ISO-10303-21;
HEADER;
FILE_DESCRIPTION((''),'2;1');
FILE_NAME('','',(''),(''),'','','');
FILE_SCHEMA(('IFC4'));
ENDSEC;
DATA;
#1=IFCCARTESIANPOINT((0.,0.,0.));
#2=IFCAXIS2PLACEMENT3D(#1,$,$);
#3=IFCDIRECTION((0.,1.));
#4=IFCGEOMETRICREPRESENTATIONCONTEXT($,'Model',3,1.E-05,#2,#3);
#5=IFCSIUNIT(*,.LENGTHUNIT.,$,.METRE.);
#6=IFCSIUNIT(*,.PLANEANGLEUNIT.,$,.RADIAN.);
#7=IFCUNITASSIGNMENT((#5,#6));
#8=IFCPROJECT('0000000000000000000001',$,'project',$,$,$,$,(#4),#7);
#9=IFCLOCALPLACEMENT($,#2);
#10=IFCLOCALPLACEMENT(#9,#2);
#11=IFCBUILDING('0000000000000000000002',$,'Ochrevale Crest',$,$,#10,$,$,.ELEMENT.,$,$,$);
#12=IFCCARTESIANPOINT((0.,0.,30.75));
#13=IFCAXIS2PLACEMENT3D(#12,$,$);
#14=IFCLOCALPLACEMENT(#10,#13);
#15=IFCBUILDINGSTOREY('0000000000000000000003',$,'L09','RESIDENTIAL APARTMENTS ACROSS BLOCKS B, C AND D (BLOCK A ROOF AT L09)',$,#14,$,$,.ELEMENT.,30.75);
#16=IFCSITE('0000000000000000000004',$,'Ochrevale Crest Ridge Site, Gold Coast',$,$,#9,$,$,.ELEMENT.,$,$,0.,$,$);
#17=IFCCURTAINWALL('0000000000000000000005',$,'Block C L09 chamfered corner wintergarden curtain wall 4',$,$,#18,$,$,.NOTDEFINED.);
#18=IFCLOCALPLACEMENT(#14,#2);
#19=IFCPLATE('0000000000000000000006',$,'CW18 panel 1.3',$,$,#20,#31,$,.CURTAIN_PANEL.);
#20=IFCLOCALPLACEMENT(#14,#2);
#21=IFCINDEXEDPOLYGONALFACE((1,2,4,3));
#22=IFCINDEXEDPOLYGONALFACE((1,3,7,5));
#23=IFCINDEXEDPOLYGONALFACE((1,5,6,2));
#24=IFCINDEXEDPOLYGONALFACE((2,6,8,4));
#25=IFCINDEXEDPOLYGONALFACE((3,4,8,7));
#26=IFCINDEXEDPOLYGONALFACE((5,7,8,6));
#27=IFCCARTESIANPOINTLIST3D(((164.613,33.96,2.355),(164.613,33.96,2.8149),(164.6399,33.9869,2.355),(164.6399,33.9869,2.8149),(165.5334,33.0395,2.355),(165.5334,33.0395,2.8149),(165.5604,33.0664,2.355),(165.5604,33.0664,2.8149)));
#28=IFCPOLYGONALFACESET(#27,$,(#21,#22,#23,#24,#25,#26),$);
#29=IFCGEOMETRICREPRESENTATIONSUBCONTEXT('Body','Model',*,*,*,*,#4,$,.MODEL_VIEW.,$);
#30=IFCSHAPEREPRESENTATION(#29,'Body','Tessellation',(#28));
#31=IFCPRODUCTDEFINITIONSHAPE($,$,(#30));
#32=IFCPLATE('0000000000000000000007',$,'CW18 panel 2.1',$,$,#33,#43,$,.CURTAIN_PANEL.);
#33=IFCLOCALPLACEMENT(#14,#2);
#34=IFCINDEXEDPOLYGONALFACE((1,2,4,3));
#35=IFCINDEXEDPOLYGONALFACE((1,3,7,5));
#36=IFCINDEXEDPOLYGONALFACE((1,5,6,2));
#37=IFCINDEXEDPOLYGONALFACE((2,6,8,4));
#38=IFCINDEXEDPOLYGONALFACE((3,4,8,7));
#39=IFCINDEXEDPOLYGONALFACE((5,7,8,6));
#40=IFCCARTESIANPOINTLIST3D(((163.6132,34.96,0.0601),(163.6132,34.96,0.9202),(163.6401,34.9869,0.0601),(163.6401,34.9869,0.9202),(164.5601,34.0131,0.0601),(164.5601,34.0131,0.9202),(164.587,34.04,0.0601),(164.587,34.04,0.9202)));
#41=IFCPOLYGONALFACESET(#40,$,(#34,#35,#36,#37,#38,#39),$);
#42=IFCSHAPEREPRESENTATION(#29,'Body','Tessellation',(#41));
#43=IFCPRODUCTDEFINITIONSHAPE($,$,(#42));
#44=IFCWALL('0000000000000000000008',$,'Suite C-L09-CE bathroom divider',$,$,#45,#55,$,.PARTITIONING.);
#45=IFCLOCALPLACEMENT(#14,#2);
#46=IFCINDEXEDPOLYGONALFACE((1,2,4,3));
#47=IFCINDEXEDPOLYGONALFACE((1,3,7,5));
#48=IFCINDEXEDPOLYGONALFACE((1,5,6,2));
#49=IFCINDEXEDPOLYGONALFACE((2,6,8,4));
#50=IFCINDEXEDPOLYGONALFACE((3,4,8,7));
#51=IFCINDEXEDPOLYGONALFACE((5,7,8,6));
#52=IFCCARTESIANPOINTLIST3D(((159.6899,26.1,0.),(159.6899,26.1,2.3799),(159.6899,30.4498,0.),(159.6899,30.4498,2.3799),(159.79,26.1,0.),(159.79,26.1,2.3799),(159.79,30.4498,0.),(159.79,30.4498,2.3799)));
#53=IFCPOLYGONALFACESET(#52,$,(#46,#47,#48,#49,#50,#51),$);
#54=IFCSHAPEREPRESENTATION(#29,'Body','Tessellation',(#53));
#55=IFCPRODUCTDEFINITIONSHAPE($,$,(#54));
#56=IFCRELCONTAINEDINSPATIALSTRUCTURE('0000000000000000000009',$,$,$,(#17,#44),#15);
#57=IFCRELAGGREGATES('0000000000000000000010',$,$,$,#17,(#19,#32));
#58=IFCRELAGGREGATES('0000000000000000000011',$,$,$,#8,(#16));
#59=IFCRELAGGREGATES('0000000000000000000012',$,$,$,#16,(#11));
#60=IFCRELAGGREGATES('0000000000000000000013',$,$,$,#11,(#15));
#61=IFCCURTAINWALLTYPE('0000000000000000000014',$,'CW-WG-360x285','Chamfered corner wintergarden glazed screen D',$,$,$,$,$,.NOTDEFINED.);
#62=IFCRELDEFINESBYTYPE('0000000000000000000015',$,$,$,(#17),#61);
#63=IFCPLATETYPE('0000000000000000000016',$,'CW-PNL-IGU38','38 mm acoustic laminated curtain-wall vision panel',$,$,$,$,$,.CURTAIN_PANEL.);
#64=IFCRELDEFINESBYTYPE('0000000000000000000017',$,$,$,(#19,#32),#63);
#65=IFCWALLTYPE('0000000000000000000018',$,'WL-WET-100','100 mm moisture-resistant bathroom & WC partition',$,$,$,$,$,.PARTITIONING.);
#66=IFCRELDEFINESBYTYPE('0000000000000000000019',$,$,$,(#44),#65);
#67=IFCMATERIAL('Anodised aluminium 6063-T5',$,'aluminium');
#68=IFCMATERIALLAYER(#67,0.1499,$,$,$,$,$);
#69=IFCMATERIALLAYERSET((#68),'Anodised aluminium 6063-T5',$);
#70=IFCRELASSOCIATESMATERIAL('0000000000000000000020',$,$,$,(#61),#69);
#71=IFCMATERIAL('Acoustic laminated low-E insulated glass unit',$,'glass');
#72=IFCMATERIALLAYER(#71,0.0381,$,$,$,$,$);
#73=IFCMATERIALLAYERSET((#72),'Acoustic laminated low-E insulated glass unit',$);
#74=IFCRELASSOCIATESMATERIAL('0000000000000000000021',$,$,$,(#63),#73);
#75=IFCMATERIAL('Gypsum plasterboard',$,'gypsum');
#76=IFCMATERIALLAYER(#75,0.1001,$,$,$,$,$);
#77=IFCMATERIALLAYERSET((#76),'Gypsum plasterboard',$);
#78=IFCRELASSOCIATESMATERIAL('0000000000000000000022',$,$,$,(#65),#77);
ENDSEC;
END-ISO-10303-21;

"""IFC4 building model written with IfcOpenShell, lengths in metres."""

from ifc_helpers import new_model, si_unit, direction, frame, frame_2d, origin, origin_2d, place, context, subcontext, project, spatial, rectangle, extrude, material, layer, layer_set, type_object, element, aggregate, save


model = new_model("IFC4")

# Units and contexts
model_context = context("Model", 3, precision=1e-05, world=origin(), true_north=direction((0.0, 1.0)))
body_context = subcontext(model_context, "Body", "Model", "MODEL_VIEW")
ifc_project = project(units=[si_unit("LENGTHUNIT", "METRE"), si_unit("PLANEANGLEUNIT", "RADIAN")], contexts=[model_context])

# Site, building, storey
site_placement = place(None, origin())
site = spatial("IfcSite", under=ifc_project, at=site_placement, Name="Ochrevale Crest Ridge Site, Gold Coast", CompositionType="ELEMENT", RefElevation=0.0)
building_placement = place(site_placement, origin())
building = spatial("IfcBuilding", under=site, at=building_placement, Name="Ochrevale Crest", CompositionType="ELEMENT")
storey_placement = place(building_placement, frame((0.0, 0.0, 30.75)))
storey = spatial("IfcBuildingStorey", under=building, at=storey_placement, Name="L09", Description="RESIDENTIAL APARTMENTS ACROSS BLOCKS B, C AND D (BLOCK A ROOF AT L09)", CompositionType="ELEMENT", Elevation=30.75)

# Curtain wall, plates
ifc_material_1 = material(Name="Anodised aluminium 6063-T5", Category="aluminium")
ifc_layer_1 = layer(ifc_material_1, 0.1499)
ifc_layer_set_1 = layer_set([ifc_layer_1], Name="Anodised aluminium 6063-T5")
curtain_wall_type = type_object("IfcCurtainWallType", Name="CW-WG-360x285", Description="Chamfered corner wintergarden glazed screen D", PredefinedType="NOTDEFINED", material=ifc_layer_set_1)
curtain_wall_placement = place(storey_placement, origin())
curtain_wall = element("IfcCurtainWall", 1, at=curtain_wall_placement, inside=storey, type_object=curtain_wall_type, Name="Block C L09 chamfered corner wintergarden curtain wall 4", PredefinedType="NOTDEFINED")
ifc_material_2 = material(Name="Acoustic laminated low-E insulated glass unit", Category="glass")
ifc_layer_2 = layer(ifc_material_2, 0.0381)
ifc_layer_set_2 = layer_set([ifc_layer_2], Name="Acoustic laminated low-E insulated glass unit")
plate_type = type_object("IfcPlateType", Name="CW-PNL-IGU38", Description="38 mm acoustic laminated curtain-wall vision panel", PredefinedType="CURTAIN_PANEL", material=ifc_layer_set_2)
plate_1_placement = place(storey_placement, frame((165.0867, 33.5132, 2.355), z_axis=(0.0, 0.0, 1.0), x_axis=(-0.707107, 0.707107, 0.0)))
plate_1 = element("IfcPlate", 2, at=plate_1_placement, type_object=plate_type, Name="CW18 panel 1.3", PredefinedType="CURTAIN_PANEL", context=body_context, shape_type="SweptSolid", body=[
    extrude(rectangle(XDim=1.3018, YDim=0.0381, at=origin_2d()), origin(), (0.0, 0.0, 1.0), 0.46),
])
plate_2_placement = place(storey_placement, frame((164.1001, 34.5, 0.0601), z_axis=(0.0, 0.0, 1.0), x_axis=(-0.707107, 0.707107, 0.0)))
plate_2 = element("IfcPlate", 3, at=plate_2_placement, type_object=plate_type, Name="CW18 panel 2.1", PredefinedType="CURTAIN_PANEL", context=body_context, shape_type="SweptSolid", body=[
    extrude(rectangle(XDim=1.3391, YDim=0.0381, at=origin_2d()), origin(), (0.0, 0.0, 1.0), 0.8601),
])
aggregate(curtain_wall, [plate_1, plate_2])

# Wall
ifc_material_3 = material(Name="Gypsum plasterboard", Category="gypsum")
ifc_layer_3 = layer(ifc_material_3, 0.1001)
ifc_layer_set_3 = layer_set([ifc_layer_3], Name="Gypsum plasterboard")
wall_type = type_object("IfcWallType", Name="WL-WET-100", Description="100 mm moisture-resistant bathroom & WC partition", PredefinedType="PARTITIONING", material=ifc_layer_set_3)
wall_placement = place(storey_placement, frame((159.74, 26.1001, 0.0), z_axis=(0.0, 0.0, 1.0), x_axis=(0.0, 1.0, 0.0)))
element("IfcWall", 4, at=wall_placement, inside=storey, type_object=wall_type, Name="Suite C-L09-CE bathroom divider", PredefinedType="PARTITIONING", context=body_context, shape_type="SweptSolid", body=[
    extrude(rectangle(XDim=4.3499, YDim=0.1001, at=frame_2d((2.1748, 0.0))), origin(), (0.0, 0.0, 1.0), 2.3799),
])

save(model, "model.ifc")
